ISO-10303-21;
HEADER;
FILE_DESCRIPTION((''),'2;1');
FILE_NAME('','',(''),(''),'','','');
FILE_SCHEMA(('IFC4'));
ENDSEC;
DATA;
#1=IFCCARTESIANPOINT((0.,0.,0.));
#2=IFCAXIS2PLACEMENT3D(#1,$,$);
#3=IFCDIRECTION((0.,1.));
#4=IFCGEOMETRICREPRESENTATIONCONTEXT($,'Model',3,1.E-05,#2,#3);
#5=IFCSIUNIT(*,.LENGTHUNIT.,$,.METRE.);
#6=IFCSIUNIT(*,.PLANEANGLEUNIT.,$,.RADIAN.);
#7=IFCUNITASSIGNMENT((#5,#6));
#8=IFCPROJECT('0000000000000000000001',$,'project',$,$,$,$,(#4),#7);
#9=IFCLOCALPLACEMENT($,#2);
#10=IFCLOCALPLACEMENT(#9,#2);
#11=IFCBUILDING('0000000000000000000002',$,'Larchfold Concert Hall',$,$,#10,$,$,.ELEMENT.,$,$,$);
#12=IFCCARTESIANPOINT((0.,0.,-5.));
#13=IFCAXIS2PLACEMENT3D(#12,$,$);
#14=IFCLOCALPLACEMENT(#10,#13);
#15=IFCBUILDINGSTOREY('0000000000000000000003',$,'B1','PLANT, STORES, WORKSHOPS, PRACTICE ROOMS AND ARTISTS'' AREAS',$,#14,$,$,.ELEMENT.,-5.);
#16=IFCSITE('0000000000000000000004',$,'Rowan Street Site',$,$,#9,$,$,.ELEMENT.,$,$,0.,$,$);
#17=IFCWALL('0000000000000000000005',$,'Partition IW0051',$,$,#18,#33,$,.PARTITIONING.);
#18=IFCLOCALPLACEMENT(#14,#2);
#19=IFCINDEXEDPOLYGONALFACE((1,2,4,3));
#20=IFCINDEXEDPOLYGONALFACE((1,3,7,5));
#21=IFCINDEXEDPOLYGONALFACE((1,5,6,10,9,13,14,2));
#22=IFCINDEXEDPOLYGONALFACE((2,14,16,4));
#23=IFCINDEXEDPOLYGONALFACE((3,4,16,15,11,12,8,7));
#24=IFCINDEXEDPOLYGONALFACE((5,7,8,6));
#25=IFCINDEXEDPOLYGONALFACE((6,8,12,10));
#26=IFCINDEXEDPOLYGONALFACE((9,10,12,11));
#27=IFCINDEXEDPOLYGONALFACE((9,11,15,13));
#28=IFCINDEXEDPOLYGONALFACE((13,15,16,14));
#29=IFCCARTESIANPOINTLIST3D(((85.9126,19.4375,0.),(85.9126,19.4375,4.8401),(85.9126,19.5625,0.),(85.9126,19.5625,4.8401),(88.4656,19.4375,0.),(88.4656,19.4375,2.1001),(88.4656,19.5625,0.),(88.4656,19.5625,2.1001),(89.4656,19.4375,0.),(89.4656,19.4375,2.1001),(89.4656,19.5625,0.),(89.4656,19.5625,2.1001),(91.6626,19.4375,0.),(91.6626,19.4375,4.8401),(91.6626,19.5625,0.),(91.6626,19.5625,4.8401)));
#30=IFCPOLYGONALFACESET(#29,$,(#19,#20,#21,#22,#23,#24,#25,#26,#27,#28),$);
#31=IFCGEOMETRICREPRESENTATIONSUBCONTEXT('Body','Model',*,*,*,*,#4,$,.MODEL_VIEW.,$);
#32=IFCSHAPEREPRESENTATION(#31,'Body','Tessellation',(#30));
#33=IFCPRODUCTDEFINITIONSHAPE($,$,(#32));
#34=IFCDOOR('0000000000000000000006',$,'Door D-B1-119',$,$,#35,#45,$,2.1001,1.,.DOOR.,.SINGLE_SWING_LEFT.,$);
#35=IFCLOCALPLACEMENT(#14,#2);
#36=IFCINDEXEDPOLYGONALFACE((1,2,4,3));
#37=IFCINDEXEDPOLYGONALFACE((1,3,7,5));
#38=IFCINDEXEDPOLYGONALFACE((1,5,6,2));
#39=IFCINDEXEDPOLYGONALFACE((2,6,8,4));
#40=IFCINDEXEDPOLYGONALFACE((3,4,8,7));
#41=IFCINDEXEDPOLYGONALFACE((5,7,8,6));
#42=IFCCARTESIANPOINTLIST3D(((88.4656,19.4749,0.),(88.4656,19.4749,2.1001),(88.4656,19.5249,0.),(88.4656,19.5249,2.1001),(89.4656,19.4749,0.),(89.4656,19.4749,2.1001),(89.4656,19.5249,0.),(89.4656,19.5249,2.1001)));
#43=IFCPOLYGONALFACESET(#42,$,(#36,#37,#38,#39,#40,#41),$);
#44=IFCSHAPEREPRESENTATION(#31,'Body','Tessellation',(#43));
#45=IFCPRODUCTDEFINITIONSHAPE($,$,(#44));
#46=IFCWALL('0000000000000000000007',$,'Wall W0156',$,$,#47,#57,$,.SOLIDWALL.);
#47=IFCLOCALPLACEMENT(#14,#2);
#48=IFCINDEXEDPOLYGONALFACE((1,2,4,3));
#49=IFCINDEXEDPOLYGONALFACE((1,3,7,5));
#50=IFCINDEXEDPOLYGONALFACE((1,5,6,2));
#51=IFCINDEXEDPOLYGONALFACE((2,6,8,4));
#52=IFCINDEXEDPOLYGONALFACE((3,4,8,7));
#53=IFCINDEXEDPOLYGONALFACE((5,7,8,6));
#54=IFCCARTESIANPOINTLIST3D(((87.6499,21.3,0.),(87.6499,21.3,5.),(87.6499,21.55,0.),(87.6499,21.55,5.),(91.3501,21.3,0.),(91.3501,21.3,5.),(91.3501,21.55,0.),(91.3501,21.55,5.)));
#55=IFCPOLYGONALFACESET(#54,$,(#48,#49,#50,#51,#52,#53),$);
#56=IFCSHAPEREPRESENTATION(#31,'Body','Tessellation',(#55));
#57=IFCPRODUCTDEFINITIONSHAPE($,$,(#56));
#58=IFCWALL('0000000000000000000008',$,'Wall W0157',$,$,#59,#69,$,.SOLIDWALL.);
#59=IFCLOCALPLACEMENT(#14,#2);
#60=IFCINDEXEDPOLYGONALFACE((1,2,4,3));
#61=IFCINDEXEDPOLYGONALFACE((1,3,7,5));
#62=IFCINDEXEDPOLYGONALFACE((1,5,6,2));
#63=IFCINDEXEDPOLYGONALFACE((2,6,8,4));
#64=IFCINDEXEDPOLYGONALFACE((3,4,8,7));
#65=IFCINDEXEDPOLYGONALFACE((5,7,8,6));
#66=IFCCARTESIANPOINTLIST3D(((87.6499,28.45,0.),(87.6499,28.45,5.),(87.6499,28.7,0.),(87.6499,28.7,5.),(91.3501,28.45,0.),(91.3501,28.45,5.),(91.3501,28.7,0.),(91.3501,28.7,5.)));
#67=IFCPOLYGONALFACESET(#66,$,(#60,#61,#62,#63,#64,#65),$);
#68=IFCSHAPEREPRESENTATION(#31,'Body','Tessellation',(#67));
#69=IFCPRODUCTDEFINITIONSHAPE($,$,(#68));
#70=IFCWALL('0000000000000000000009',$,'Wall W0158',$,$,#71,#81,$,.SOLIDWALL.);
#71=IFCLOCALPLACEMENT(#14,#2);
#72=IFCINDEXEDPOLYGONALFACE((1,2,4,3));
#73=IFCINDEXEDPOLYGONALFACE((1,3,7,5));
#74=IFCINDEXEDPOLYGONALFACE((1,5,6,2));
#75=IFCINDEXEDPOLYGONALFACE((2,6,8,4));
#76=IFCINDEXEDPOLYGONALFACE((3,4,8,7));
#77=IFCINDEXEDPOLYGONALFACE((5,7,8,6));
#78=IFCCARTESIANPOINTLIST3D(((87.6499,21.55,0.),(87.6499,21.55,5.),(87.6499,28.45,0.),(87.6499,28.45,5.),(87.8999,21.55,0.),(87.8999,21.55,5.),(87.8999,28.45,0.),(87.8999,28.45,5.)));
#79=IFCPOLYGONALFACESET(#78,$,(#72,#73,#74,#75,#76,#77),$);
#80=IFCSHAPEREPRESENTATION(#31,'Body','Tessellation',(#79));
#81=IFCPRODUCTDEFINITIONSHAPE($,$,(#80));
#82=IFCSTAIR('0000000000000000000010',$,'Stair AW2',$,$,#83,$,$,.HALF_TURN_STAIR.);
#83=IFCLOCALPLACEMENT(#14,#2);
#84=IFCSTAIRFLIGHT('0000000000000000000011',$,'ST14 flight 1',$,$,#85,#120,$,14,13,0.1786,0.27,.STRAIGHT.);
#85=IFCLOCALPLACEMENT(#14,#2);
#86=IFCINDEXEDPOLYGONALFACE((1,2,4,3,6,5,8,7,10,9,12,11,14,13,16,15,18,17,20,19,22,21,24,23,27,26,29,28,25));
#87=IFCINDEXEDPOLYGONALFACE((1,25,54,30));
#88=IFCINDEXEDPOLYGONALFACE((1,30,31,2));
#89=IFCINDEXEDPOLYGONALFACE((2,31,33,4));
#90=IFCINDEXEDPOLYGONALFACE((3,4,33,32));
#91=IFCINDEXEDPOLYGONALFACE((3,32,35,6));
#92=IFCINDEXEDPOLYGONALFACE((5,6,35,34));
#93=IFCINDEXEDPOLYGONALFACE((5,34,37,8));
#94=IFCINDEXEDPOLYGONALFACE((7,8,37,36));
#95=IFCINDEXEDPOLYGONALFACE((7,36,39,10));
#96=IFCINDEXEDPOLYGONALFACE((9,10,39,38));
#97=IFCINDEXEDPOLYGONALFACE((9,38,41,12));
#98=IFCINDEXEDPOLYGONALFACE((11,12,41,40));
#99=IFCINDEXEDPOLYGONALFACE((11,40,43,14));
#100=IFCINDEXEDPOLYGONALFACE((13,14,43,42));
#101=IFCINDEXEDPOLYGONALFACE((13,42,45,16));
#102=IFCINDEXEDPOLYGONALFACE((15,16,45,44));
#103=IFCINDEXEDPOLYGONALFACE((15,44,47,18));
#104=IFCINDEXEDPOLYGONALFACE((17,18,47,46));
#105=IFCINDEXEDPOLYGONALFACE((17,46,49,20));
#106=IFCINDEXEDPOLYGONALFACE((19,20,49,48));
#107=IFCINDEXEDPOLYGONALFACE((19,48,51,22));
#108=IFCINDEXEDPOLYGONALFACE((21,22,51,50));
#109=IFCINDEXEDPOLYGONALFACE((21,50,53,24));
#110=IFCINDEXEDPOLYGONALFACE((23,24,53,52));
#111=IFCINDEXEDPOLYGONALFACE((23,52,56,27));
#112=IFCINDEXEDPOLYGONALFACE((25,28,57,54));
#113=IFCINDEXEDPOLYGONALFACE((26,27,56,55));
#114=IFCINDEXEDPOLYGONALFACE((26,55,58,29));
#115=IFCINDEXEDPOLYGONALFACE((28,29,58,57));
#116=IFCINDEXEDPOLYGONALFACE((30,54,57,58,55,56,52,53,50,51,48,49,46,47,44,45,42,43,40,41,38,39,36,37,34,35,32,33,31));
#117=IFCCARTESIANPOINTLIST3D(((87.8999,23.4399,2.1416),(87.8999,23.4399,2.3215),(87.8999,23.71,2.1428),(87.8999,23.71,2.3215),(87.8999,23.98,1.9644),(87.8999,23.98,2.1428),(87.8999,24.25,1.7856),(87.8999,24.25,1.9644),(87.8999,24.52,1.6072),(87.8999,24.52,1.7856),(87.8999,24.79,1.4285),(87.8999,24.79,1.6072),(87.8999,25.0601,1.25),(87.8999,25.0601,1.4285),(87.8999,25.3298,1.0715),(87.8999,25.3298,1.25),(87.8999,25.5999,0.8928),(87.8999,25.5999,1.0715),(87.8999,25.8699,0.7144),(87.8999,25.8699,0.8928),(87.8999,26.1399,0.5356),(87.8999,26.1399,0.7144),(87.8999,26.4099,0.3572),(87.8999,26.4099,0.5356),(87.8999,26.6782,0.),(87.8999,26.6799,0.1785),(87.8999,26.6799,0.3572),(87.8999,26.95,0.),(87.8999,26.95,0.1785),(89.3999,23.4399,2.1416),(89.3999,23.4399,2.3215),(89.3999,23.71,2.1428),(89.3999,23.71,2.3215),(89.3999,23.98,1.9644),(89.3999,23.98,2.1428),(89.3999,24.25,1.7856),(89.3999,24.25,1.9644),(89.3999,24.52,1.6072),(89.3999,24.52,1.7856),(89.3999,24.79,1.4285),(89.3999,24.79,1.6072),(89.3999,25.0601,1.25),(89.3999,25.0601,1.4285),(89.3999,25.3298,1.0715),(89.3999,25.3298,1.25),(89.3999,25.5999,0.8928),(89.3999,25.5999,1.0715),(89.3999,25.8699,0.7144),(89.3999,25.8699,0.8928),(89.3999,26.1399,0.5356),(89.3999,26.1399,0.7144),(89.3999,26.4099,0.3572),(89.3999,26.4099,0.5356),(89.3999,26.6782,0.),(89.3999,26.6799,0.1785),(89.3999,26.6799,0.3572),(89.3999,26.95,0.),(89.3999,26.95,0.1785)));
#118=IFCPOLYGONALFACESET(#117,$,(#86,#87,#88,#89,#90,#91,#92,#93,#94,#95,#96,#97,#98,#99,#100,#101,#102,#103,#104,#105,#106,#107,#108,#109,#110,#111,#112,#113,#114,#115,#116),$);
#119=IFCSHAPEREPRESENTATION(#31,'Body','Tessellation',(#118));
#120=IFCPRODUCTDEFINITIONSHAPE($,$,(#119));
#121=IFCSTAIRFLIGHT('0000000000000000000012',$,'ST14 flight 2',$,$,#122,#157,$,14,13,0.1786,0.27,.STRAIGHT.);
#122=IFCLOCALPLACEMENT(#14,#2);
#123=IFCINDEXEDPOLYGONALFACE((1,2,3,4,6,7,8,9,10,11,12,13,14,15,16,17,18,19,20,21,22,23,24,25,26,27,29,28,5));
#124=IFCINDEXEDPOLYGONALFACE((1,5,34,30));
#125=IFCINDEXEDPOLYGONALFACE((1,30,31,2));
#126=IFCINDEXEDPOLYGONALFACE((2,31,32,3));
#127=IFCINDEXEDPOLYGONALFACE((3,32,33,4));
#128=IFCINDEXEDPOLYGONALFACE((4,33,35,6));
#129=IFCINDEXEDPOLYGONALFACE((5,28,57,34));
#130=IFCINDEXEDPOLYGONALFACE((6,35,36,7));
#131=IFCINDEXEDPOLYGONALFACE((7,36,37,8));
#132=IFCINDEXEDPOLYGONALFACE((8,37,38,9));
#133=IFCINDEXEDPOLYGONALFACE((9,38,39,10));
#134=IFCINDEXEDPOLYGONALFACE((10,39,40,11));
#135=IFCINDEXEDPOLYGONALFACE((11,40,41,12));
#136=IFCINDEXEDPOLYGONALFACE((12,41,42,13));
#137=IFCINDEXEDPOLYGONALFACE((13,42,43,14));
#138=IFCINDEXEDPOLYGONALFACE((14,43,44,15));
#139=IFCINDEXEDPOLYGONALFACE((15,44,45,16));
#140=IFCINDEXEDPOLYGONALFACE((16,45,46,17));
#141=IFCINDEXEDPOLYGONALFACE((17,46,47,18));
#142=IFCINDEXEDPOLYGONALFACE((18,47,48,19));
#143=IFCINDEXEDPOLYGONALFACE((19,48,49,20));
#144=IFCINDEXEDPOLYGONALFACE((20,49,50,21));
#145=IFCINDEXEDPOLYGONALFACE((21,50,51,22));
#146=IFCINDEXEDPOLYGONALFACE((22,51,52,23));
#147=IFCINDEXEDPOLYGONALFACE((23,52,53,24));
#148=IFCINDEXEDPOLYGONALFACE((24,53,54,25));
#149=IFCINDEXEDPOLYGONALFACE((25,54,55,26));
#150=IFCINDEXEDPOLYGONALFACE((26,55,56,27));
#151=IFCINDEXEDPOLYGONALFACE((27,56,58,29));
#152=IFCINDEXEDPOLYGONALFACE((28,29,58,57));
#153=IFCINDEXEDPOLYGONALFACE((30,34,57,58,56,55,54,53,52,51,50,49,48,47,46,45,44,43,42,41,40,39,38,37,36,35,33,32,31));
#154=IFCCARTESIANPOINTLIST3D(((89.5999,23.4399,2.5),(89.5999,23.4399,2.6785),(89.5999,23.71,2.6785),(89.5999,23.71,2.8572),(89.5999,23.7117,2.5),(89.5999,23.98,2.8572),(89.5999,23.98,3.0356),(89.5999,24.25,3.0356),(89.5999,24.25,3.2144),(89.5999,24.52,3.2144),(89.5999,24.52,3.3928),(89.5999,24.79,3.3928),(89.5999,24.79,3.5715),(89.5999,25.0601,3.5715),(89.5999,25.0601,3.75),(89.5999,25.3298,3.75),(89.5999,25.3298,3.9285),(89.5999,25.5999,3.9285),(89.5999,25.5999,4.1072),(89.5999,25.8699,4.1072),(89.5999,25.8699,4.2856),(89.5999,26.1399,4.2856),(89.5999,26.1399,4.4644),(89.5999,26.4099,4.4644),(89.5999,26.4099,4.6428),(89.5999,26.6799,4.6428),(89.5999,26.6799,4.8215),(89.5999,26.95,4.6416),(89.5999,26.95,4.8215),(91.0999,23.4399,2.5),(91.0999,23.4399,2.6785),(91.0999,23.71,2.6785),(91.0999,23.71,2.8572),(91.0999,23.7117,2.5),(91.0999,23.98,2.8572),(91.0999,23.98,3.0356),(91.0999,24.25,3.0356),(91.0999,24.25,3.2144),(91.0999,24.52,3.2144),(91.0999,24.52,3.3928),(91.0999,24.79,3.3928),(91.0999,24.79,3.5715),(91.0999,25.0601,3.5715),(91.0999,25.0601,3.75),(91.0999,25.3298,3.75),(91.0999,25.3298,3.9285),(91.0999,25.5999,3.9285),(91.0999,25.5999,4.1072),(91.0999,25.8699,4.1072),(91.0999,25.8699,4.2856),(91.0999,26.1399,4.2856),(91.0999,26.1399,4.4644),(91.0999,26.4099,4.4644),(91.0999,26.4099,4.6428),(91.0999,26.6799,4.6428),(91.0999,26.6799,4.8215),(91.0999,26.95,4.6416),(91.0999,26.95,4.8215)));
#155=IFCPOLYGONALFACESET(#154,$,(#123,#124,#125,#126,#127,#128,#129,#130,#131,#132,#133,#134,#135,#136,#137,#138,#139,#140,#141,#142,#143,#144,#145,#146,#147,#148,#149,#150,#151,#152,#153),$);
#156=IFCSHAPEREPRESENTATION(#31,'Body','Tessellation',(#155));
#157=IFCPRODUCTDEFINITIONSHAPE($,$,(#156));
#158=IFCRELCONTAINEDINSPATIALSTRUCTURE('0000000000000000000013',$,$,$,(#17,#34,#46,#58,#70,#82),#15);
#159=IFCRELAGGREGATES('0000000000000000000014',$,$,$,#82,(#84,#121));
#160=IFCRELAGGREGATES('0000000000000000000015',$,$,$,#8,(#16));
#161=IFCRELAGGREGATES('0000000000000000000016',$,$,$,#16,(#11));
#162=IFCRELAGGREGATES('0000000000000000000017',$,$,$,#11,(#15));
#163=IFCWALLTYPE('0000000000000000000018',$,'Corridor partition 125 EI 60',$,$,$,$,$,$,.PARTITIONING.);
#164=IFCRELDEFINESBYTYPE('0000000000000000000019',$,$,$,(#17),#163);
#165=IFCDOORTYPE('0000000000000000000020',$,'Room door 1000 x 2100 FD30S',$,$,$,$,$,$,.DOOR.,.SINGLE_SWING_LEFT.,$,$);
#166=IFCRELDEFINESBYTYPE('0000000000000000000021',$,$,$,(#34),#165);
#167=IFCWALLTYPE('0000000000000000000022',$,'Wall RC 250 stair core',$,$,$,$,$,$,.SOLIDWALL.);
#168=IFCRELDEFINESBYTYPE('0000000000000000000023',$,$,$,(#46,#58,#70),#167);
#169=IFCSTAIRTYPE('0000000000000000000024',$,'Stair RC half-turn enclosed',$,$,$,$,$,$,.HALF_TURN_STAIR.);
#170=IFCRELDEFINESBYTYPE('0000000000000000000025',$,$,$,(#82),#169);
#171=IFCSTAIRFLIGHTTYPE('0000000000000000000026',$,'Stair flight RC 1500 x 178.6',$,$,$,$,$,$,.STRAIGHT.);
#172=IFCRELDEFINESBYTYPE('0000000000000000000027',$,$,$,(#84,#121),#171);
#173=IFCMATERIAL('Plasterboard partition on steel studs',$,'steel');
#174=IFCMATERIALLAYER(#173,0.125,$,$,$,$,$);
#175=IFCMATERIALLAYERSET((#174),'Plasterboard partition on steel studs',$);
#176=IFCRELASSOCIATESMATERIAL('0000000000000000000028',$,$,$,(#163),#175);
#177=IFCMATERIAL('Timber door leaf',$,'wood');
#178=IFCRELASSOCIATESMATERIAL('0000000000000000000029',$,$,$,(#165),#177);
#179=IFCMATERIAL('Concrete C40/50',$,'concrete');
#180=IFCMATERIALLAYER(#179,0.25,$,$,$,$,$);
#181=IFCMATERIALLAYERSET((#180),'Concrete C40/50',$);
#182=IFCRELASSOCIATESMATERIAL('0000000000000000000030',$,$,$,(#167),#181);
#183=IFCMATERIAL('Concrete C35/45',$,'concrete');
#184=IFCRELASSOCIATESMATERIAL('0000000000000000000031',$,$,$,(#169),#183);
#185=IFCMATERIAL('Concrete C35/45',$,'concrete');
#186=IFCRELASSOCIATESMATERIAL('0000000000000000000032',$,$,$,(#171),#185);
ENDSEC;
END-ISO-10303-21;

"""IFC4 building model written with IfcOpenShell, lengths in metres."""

from ifc_helpers import new_model, si_unit, direction, frame, frame_2d, origin, place, context, subcontext, project, spatial, polyline, rectangle, outline, extrude, material, layer, layer_set, type_object, element, fill, aggregate, save


model = new_model("IFC4")

# Units and contexts
model_context = context("Model", 3, precision=1e-05, world=origin(), true_north=direction((0.0, 1.0)))
body_context = subcontext(model_context, "Body", "Model", "MODEL_VIEW")
ifc_project = project(units=[si_unit("LENGTHUNIT", "METRE"), si_unit("PLANEANGLEUNIT", "RADIAN")], contexts=[model_context])

# Site, building, storey
site_placement = place(None, origin())
site = spatial("IfcSite", under=ifc_project, at=site_placement, Name="Rowan Street Site", CompositionType="ELEMENT", RefElevation=0.0)
building_placement = place(site_placement, origin())
building = spatial("IfcBuilding", under=site, at=building_placement, Name="Larchfold Concert Hall", CompositionType="ELEMENT")
storey_placement = place(building_placement, frame((0.0, 0.0, -5.0)))
storey = spatial("IfcBuildingStorey", under=building, at=storey_placement, Name="B1", Description="PLANT, STORES, WORKSHOPS, PRACTICE ROOMS AND ARTISTS' AREAS", CompositionType="ELEMENT", Elevation=-5.0)

# Shared definitions
ifc_material_1 = material(Name="Plasterboard partition on steel studs", Category="steel")
ifc_layer_1 = layer(ifc_material_1, 0.125)
ifc_layer_set_1 = layer_set([ifc_layer_1], Name="Plasterboard partition on steel studs")
wall_type_1 = type_object("IfcWallType", Name="Corridor partition 125 EI 60", PredefinedType="PARTITIONING", material=ifc_layer_set_1)

# Wall, opening, door
wall_1_placement = place(storey_placement, frame((85.9126, 19.5, 0.0), z_axis=(0.0, 0.0, 1.0), x_axis=(1.0, 0.0, 0.0)))
wall_1 = element("IfcWall", 1, at=wall_1_placement, inside=storey, type_object=wall_type_1, Name="Partition IW0051", PredefinedType="PARTITIONING", context=body_context, shape_type="SweptSolid", body=[
    extrude(rectangle(XDim=5.75, YDim=0.125, at=frame_2d((2.875, 0.0))), origin(), (0.0, 0.0, 1.0), 4.8401),
])
opening_1_placement = place(wall_1_placement, frame((2.553, 0.0, 0.0)))
opening_1 = element("IfcOpeningElement", 2, at=opening_1_placement, cuts=wall_1, PredefinedType="OPENING", context=body_context, shape_type="SweptSolid", body=[
    extrude(rectangle(XDim=1.0, YDim=2.1001, at=frame_2d((0.5, 1.05))), frame((0.0, 0.0725, 0.0), z_axis=(0.0, -1.0, 0.0), x_axis=(1.0, 0.0, 0.0)), (0.0, 0.0, 1.0), 0.145),
])
ifc_material_2 = material(Name="Timber door leaf", Category="wood")
door_type_1 = type_object("IfcDoorType", Name="Room door 1000 x 2100 FD30S", OperationType="SINGLE_SWING_LEFT", PredefinedType="DOOR", material=ifc_material_2)
door_1_placement = place(opening_1_placement, origin())
door_1 = element("IfcDoor", 3, at=door_1_placement, inside=storey, type_object=door_type_1, Name="Door D-B1-119", OperationType="SINGLE_SWING_LEFT", OverallHeight=2.1001, OverallWidth=1.0, PredefinedType="DOOR", context=body_context, shape_type="SweptSolid", body=[
    extrude(rectangle(XDim=1.0, YDim=2.1001, at=frame_2d((0.5, 1.05))), frame((0.0, 0.0249, 0.0), z_axis=(0.0, -1.0, 0.0), x_axis=(1.0, 0.0, 0.0)), (0.0, 0.0, 1.0), 0.05),
])
fill(opening_1, door_1)

# Walls
ifc_material_3 = material(Name="Concrete C40/50", Category="concrete")
ifc_layer_2 = layer(ifc_material_3, 0.25)
ifc_layer_set_2 = layer_set([ifc_layer_2], Name="Concrete C40/50")
wall_type_2 = type_object("IfcWallType", Name="Wall RC 250 stair core", PredefinedType="SOLIDWALL", material=ifc_layer_set_2)
for number, where, z_axis, x_axis, name in (
    (4, (87.6499, 21.425, 0.0), (0.0, 0.0, 1.0), (1.0, 0.0, 0.0), "Wall W0156"),
    (5, (87.6499, 28.575, 0.0), (0.0, 0.0, 1.0), (1.0, 0.0, 0.0), "Wall W0157"),
):
    element("IfcWall", number, at=place(storey_placement, frame(where, z_axis=z_axis, x_axis=x_axis)), inside=storey, type_object=wall_type_2, Name=name, PredefinedType="SOLIDWALL", context=body_context, shape_type="SweptSolid", body=[
        extrude(rectangle(XDim=3.7002, YDim=0.25, at=frame_2d((1.8501, 0.0))), origin(), (0.0, 0.0, 1.0), 5.0),
    ])
wall_2_placement = place(storey_placement, frame((87.7749, 21.55, 0.0), z_axis=(0.0, 0.0, 1.0), x_axis=(0.0, 1.0, 0.0)))
element("IfcWall", 6, at=wall_2_placement, inside=storey, type_object=wall_type_2, Name="Wall W0158", PredefinedType="SOLIDWALL", context=body_context, shape_type="SweptSolid", body=[
    extrude(rectangle(XDim=6.8999, YDim=0.25, at=frame_2d((3.45, 0.0))), origin(), (0.0, 0.0, 1.0), 5.0),
])

# Stair, stair flights
ifc_material_4 = material(Name="Concrete C35/45", Category="concrete")
stair_type = type_object("IfcStairType", Name="Stair RC half-turn enclosed", PredefinedType="HALF_TURN_STAIR", material=ifc_material_4)
stair_placement = place(storey_placement, origin())
stair = element("IfcStair", 7, at=stair_placement, inside=storey, type_object=stair_type, Name="Stair AW2", PredefinedType="HALF_TURN_STAIR")
ifc_material_5 = material(Name="Concrete C35/45", Category="concrete")
stair_flight_type = type_object("IfcStairFlightType", Name="Stair flight RC 1500 x 178.6", PredefinedType="STRAIGHT", material=ifc_material_5)
stair_flight_1_placement = place(storey_placement, frame((88.6499, 26.95, 0.0), z_axis=(0.0, 0.0, 1.0), x_axis=(0.0, -1.0, 0.0)))
stair_flight_1 = element("IfcStairFlight", 8, at=stair_flight_1_placement, type_object=stair_flight_type, Name="ST14 flight 1", NumberOfRisers=14, NumberOfTreads=13, PredefinedType="STRAIGHT", RiserHeight=0.1786, TreadLength=0.27, context=body_context, shape_type="SweptSolid", body=[
    extrude(outline(polyline([(0.0, 0.0), (0.0, 0.1785), (0.27, 0.1785), (0.27, 0.3572), (0.54, 0.3572), (0.54, 0.5356), (0.8101, 0.5356), (0.8101, 0.7144), (1.0801, 0.7144), (1.0801, 0.8928), (1.3501, 0.8928), (1.3501, 1.0715), (1.6201, 1.0715), (1.6201, 1.25), (1.8899, 1.25), (1.8899, 1.4285), (2.1599, 1.4285), (2.1599, 1.6072), (2.4299, 1.6072), (2.4299, 1.7856), (2.7, 1.7856), (2.7, 1.9644), (2.97, 1.9644), (2.97, 2.1428), (3.24, 2.1428), (3.24, 2.3215), (3.51, 2.3215), (3.51, 2.5), (3.51, 2.1416), (0.2717, 0.0), (0.0, 0.0)])), frame((0.0, 0.75, 0.0), z_axis=(0.0, -1.0, 0.0), x_axis=(1.0, 0.0, 0.0)), (0.0, 0.0, 1.0), 1.5),
])
stair_flight_2_placement = place(storey_placement, frame((90.3499, 23.4399, 2.5), z_axis=(0.0, 0.0, 1.0), x_axis=(0.0, 1.0, 0.0)))
stair_flight_2 = element("IfcStairFlight", 9, at=stair_flight_2_placement, type_object=stair_flight_type, Name="ST14 flight 2", NumberOfRisers=14, NumberOfTreads=13, PredefinedType="STRAIGHT", RiserHeight=0.1786, TreadLength=0.27, context=body_context, shape_type="SweptSolid", body=[
    extrude(outline(polyline([(0.0, 0.0), (0.0, 0.1785), (0.27, 0.1785), (0.27, 0.3572), (0.54, 0.3572), (0.54, 0.5356), (0.8101, 0.5356), (0.8101, 0.7144), (1.0801, 0.7144), (1.0801, 0.8928), (1.3501, 0.8928), (1.3501, 1.0715), (1.6201, 1.0715), (1.6201, 1.25), (1.8899, 1.25), (1.8899, 1.4285), (2.1599, 1.4285), (2.1599, 1.6072), (2.4299, 1.6072), (2.4299, 1.7856), (2.7, 1.7856), (2.7, 1.9644), (2.97, 1.9644), (2.97, 2.1428), (3.24, 2.1428), (3.24, 2.3215), (3.51, 2.3215), (3.51, 2.5), (3.51, 2.1416), (0.2717, 0.0), (0.0, 0.0)])), frame((0.0, 0.75, 0.0), z_axis=(0.0, -1.0, 0.0), x_axis=(1.0, 0.0, 0.0)), (0.0, 0.0, 1.0), 1.5),
])
aggregate(stair, [stair_flight_1, stair_flight_2])

save(model, "model.ifc")
